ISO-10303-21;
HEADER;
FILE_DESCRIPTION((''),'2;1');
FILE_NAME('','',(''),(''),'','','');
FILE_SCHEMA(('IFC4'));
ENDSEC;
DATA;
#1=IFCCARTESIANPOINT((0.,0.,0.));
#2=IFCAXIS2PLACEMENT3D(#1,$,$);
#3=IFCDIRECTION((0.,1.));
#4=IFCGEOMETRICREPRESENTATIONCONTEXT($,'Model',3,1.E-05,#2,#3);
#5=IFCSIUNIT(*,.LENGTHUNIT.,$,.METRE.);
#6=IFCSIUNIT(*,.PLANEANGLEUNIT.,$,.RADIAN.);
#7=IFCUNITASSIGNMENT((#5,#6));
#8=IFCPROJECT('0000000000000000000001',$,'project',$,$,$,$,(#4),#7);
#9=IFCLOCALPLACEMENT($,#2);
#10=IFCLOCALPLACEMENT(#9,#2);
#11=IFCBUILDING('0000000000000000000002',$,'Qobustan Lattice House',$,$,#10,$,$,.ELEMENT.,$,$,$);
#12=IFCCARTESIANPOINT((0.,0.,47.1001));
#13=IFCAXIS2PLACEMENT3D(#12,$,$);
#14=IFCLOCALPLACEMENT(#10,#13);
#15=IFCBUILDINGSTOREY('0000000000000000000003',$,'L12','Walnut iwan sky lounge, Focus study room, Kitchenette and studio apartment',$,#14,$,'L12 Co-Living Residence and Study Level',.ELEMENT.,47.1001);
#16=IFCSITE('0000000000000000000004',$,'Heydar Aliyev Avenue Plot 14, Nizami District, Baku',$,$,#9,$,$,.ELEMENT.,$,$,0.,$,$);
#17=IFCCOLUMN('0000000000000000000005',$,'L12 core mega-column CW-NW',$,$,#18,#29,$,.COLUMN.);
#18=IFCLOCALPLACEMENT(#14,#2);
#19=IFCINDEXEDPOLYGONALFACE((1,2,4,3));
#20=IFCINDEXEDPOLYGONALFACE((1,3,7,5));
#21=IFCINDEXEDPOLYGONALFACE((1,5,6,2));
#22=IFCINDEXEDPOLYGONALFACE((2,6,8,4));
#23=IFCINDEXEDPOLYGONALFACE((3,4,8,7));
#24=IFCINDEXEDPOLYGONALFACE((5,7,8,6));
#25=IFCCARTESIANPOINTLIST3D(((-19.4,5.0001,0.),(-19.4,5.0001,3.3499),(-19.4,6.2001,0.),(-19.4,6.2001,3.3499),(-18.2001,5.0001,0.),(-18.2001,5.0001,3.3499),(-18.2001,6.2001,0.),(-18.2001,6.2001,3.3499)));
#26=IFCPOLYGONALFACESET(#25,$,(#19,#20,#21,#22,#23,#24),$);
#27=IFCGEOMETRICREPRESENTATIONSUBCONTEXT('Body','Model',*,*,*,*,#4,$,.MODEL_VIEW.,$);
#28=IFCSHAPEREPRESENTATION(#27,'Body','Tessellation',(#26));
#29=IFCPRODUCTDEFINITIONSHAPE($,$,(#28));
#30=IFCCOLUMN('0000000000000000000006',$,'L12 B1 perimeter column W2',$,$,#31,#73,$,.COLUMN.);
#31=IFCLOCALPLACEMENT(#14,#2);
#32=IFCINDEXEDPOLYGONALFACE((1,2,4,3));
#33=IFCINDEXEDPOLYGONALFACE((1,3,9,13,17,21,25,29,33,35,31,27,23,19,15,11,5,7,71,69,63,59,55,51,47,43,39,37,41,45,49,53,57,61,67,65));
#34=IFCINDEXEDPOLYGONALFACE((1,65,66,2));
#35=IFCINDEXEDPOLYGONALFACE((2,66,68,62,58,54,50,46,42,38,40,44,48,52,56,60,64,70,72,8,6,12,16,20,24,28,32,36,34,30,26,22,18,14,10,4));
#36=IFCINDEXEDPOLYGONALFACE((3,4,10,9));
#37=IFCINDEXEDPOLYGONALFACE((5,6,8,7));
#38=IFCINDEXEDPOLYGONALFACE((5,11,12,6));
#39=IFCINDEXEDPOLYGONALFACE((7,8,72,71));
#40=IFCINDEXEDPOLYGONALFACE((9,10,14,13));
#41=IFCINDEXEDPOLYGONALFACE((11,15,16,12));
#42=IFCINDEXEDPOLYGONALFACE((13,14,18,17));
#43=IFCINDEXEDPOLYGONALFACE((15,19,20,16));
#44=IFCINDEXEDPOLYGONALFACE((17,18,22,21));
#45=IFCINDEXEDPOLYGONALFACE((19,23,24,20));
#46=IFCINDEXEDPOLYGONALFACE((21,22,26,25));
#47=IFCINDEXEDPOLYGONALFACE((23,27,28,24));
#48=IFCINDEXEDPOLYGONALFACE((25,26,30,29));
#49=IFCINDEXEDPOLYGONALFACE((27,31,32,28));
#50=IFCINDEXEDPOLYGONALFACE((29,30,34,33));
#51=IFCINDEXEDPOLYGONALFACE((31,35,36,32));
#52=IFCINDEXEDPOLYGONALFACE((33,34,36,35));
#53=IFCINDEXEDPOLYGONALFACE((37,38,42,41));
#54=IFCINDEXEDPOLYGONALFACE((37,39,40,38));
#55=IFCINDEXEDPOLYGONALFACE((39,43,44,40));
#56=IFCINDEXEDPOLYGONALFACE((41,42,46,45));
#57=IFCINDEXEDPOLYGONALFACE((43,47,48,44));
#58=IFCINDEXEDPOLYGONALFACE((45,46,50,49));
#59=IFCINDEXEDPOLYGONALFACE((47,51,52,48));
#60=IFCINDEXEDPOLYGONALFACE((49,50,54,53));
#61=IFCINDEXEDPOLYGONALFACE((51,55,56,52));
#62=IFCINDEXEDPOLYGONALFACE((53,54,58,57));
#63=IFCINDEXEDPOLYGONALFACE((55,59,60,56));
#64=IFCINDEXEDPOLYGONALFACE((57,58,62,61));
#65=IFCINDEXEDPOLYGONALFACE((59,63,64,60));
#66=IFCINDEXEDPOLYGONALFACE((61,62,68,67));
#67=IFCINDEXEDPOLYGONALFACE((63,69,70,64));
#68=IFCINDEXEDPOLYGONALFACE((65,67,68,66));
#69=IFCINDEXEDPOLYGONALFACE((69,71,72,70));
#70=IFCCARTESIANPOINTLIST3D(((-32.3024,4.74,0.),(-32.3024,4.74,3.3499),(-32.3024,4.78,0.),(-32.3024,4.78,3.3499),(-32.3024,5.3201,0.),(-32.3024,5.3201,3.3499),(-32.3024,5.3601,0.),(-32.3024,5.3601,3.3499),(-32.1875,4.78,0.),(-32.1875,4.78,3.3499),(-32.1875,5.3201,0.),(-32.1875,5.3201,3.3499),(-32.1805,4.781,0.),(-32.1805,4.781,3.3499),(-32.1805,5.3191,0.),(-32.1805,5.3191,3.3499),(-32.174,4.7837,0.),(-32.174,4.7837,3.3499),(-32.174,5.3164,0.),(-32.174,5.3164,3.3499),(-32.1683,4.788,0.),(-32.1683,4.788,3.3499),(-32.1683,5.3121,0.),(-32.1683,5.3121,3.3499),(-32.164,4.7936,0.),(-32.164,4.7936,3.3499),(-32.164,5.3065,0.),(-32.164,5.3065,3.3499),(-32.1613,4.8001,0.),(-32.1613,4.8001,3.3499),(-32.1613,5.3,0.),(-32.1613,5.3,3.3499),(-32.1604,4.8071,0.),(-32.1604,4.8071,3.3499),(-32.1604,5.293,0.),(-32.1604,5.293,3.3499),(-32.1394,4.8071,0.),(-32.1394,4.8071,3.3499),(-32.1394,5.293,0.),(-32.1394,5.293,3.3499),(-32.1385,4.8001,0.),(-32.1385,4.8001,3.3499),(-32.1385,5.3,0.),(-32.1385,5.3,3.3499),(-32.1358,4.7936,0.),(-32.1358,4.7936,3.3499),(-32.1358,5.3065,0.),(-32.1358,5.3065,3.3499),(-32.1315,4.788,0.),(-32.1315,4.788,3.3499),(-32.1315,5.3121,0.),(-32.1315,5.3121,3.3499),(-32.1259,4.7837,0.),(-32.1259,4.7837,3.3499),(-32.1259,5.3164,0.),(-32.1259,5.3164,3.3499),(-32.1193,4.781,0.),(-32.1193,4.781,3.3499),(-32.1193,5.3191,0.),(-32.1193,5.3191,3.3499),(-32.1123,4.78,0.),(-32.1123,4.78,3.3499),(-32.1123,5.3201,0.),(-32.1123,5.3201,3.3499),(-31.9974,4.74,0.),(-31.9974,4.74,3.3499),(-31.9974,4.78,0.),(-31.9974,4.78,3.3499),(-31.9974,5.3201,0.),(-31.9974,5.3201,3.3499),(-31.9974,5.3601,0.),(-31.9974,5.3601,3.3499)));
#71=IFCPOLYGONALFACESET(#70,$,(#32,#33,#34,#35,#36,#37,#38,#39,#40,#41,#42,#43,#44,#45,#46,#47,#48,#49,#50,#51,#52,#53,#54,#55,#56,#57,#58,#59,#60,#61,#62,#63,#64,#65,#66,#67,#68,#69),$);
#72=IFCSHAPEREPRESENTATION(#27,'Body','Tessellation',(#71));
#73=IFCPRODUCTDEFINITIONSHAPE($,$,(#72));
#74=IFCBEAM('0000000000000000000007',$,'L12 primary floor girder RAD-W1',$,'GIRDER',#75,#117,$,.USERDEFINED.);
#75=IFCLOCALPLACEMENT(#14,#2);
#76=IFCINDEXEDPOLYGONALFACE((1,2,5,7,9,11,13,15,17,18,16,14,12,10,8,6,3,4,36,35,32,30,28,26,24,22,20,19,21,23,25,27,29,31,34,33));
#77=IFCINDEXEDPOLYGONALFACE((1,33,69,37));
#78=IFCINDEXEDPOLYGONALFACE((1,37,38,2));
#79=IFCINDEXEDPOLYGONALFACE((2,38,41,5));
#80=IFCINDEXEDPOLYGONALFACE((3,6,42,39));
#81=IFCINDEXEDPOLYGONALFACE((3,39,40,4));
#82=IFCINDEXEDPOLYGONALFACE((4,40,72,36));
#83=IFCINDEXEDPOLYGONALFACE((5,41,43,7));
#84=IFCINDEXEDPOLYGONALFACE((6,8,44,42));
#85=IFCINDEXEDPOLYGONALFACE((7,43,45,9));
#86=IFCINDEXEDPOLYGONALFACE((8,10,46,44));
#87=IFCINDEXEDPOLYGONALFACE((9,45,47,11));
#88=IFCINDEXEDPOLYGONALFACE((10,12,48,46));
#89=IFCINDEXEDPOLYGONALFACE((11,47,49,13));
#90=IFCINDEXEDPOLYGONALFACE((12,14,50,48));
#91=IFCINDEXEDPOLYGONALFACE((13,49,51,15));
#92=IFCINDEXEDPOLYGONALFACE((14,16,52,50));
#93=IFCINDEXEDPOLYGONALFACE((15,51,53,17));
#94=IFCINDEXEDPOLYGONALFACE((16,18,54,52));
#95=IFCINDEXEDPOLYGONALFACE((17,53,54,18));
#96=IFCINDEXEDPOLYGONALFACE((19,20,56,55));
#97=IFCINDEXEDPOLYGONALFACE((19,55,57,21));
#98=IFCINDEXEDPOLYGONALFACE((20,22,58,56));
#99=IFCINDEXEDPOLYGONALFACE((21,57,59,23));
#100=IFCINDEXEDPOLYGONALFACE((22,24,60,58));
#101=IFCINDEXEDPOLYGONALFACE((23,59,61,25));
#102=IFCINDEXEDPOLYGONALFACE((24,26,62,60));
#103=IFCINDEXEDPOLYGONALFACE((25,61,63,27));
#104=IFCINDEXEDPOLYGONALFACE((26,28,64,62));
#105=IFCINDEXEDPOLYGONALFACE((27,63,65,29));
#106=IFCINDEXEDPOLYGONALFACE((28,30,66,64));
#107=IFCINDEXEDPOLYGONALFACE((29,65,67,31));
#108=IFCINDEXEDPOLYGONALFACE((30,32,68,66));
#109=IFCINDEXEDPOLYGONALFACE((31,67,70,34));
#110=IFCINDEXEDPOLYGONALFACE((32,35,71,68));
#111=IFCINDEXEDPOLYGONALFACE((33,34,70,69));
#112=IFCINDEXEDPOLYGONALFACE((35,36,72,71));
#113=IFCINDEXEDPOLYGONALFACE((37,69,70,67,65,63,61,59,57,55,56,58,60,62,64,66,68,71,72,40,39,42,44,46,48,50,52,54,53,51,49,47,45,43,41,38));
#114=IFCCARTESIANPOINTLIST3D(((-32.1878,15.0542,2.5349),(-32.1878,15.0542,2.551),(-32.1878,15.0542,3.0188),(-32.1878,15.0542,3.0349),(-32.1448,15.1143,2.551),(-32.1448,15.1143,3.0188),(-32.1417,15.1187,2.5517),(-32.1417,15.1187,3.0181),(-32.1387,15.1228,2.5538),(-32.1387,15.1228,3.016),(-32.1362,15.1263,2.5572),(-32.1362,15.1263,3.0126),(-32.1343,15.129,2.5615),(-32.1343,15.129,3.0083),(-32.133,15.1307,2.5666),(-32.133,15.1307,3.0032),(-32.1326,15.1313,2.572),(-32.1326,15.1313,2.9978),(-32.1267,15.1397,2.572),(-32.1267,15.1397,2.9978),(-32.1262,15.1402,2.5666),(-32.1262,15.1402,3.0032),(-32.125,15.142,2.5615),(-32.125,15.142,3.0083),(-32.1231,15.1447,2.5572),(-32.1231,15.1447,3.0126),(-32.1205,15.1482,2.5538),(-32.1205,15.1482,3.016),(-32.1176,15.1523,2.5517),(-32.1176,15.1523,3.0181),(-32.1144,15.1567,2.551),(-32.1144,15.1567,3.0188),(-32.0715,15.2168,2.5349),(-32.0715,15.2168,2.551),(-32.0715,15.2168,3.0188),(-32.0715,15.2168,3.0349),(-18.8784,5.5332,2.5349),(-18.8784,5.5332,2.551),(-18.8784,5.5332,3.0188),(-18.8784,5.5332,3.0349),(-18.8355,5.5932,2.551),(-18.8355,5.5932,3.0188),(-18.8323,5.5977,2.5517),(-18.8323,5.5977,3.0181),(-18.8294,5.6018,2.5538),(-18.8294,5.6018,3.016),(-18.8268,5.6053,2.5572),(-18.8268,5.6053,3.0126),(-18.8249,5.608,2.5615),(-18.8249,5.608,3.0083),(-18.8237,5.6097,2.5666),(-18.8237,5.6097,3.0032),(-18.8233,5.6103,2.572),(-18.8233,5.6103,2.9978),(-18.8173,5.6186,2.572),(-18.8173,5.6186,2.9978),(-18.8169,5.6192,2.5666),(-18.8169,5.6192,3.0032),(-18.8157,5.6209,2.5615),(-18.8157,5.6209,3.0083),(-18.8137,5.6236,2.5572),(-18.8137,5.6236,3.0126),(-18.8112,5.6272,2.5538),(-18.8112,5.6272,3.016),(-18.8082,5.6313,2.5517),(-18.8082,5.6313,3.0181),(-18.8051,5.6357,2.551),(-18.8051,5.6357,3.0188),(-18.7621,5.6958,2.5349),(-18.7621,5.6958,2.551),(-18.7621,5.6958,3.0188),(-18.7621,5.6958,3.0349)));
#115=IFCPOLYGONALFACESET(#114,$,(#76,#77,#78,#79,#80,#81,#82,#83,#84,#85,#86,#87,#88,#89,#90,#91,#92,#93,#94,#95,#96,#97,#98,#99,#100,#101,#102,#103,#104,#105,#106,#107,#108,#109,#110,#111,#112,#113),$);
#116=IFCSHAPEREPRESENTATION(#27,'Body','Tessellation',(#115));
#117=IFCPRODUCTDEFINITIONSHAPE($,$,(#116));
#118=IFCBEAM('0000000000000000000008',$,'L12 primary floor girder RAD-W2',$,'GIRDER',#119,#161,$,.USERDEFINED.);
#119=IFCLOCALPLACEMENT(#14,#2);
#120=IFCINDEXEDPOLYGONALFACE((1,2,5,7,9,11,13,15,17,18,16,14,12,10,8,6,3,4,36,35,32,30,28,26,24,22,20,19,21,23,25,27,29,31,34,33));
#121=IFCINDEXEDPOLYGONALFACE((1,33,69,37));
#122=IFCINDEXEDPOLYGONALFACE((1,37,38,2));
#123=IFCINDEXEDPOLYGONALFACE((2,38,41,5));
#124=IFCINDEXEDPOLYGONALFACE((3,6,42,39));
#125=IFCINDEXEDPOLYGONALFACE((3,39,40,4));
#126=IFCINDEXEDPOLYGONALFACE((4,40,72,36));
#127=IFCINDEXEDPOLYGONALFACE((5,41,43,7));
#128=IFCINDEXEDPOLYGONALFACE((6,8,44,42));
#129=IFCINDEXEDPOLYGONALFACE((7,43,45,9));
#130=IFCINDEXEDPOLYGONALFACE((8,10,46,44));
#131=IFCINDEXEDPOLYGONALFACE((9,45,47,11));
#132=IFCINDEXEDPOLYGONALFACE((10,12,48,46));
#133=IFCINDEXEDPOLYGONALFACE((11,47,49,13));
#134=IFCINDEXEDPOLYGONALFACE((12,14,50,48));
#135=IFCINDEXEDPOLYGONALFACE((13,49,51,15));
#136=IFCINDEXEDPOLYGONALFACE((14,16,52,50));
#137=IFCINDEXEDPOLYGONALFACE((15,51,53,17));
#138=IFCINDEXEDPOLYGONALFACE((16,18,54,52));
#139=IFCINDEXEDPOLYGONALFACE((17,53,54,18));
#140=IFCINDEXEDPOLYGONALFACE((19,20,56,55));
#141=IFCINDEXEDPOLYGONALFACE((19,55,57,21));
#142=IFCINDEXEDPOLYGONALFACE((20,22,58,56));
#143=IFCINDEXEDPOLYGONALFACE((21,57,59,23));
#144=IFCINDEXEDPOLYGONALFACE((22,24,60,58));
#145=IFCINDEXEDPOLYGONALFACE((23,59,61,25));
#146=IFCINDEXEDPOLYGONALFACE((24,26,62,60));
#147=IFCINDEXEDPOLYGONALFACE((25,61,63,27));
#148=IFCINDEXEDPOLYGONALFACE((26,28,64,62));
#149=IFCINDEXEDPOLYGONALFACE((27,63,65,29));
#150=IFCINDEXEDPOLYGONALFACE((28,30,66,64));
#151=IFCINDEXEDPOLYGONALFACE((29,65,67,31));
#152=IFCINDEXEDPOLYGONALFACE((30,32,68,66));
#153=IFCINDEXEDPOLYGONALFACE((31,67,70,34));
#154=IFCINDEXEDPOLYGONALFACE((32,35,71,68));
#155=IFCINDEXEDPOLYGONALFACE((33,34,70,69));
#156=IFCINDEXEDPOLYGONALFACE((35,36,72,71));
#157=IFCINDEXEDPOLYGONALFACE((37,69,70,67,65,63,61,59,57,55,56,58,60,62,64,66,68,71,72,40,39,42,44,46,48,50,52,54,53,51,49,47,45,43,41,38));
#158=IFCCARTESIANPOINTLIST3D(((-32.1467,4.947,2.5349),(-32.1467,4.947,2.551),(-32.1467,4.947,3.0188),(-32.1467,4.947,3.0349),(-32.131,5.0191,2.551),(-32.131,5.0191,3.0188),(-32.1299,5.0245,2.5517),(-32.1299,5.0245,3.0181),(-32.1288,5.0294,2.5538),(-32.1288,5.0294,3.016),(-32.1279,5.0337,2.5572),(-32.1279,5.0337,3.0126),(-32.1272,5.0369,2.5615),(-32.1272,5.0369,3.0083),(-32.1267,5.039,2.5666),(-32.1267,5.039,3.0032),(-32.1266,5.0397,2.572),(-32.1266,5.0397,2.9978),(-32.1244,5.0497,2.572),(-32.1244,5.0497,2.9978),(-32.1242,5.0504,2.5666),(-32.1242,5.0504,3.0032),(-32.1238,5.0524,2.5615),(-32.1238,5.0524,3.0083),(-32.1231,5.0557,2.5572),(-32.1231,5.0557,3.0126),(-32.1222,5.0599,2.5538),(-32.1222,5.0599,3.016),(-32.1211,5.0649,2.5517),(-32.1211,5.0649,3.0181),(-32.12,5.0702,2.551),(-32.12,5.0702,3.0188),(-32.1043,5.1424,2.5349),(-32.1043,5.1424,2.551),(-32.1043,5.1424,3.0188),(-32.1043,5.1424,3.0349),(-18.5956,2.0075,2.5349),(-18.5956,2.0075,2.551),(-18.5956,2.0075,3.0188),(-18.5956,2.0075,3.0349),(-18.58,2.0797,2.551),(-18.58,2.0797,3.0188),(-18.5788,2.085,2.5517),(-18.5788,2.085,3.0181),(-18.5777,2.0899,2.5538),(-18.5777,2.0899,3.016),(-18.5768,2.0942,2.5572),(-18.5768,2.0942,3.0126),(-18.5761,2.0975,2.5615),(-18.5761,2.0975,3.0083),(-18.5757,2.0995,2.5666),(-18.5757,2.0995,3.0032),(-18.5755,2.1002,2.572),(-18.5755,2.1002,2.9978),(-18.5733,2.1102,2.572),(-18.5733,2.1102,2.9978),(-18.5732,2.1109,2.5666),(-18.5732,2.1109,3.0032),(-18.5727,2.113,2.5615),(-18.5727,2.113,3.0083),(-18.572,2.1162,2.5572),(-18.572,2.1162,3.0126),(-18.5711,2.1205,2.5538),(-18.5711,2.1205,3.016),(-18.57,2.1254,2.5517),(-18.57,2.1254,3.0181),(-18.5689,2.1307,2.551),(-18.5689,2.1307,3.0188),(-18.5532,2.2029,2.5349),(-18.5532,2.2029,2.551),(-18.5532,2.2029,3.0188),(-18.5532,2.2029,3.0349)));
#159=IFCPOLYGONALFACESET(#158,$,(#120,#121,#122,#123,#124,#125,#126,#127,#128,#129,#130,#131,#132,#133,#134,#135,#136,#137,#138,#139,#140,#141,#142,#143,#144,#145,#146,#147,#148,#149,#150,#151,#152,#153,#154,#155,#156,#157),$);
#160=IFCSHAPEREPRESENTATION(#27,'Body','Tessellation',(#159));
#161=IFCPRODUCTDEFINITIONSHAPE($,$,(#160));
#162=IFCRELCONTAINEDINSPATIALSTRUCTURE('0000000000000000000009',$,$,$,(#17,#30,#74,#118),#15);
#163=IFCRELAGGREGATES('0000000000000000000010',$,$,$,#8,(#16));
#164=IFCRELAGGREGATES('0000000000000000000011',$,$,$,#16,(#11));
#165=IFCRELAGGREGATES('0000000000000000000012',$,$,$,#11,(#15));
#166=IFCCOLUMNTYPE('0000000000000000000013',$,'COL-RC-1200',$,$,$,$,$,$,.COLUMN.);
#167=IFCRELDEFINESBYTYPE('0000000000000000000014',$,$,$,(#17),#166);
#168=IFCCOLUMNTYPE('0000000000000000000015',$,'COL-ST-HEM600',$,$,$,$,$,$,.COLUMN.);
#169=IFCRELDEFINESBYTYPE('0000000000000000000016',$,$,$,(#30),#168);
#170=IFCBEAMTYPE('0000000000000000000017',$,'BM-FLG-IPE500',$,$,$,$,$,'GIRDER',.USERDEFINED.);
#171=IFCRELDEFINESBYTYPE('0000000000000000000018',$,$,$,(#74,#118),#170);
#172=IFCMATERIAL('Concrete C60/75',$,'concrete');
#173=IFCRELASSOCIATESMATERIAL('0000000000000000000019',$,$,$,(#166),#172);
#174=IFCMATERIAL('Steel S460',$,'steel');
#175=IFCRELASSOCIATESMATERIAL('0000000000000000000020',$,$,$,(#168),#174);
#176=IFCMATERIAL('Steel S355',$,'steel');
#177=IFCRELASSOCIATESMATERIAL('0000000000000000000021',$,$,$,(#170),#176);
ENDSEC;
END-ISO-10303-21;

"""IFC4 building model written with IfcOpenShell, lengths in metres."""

from ifc_helpers import new_model, si_unit, direction, frame, origin, origin_2d, place, context, subcontext, project, spatial, rectangle, i_section, extrude, material, material_profile, profile_set, type_object, element, save


model = new_model("IFC4")

# Units and contexts
model_context = context("Model", 3, precision=1e-05, world=origin(), true_north=direction((0.0, 1.0)))
body_context = subcontext(model_context, "Body", "Model", "MODEL_VIEW")
ifc_project = project(units=[si_unit("LENGTHUNIT", "METRE"), si_unit("PLANEANGLEUNIT", "RADIAN")], contexts=[model_context])

# Site, building, storey
site_placement = place(None, origin())
site = spatial("IfcSite", under=ifc_project, at=site_placement, Name="Heydar Aliyev Avenue Plot 14, Nizami District, Baku", CompositionType="ELEMENT", RefElevation=0.0)
building_placement = place(site_placement, origin())
building = spatial("IfcBuilding", under=site, at=building_placement, Name="Qobustan Lattice House", CompositionType="ELEMENT")
storey_placement = place(building_placement, frame((0.0, 0.0, 47.1001)))
storey = spatial("IfcBuildingStorey", under=building, at=storey_placement, Name="L12", Description="Walnut iwan sky lounge, Focus study room, Kitchenette and studio apartment", LongName="L12 Co-Living Residence and Study Level", CompositionType="ELEMENT", Elevation=47.1001)

# Columns
ifc_material_1 = material(Name="Concrete C60/75", Category="concrete")
ifc_material_profile_1 = material_profile(ifc_material_1, rectangle(XDim=1.2, YDim=1.2, at=origin_2d()), Name="RC1200x1200")
ifc_profile_set_1 = profile_set([ifc_material_profile_1], Name="Concrete C60/75")
column_type_1 = type_object("IfcColumnType", Name="COL-RC-1200", PredefinedType="COLUMN", material=ifc_profile_set_1)
column_1_placement = place(storey_placement, frame((-18.8, 5.6001, 0.0), z_axis=(0.0, 0.0, 1.0), x_axis=(1.0, 0.0, 0.0)))
element("IfcColumn", 1, at=column_1_placement, inside=storey, type_object=column_type_1, Name="L12 core mega-column CW-NW", PredefinedType="COLUMN", context=body_context, shape_type="SweptSolid", body=[
    extrude(rectangle(XDim=1.2, YDim=1.2, at=origin_2d()), origin(), (0.0, 0.0, 1.0), 3.3499),
])
ifc_material_2 = material(Name="Steel S460", Category="steel")
ifc_material_profile_2 = material_profile(ifc_material_2, i_section(OverallWidth=0.3049, OverallDepth=0.6201, WebThickness=0.021, FlangeThickness=0.04, FilletRadius=0.0271, at=origin_2d()), Name="HEM600")
ifc_profile_set_2 = profile_set([ifc_material_profile_2], Name="Steel S460")
column_type_2 = type_object("IfcColumnType", Name="COL-ST-HEM600", PredefinedType="COLUMN", material=ifc_profile_set_2)
column_2_placement = place(storey_placement, frame((-32.1499, 5.05, 0.0), z_axis=(0.0, 0.0, 1.0), x_axis=(1.0, 0.0, 0.0)))
element("IfcColumn", 2, at=column_2_placement, inside=storey, type_object=column_type_2, Name="L12 B1 perimeter column W2", PredefinedType="COLUMN", context=body_context, shape_type="SweptSolid", body=[
    extrude(i_section(OverallWidth=0.3049, OverallDepth=0.6201, WebThickness=0.021, FlangeThickness=0.04, FilletRadius=0.0271, at=origin_2d()), origin(), (0.0, 0.0, 1.0), 3.3499),
])

# Beams
ifc_material_3 = material(Name="Steel S355", Category="steel")
ifc_material_profile_3 = material_profile(ifc_material_3, i_section(OverallWidth=0.2, OverallDepth=0.5, WebThickness=0.0103, FlangeThickness=0.0161, FilletRadius=0.021, at=origin_2d()), Name="IPE500")
ifc_profile_set_3 = profile_set([ifc_material_profile_3], Name="Steel S355")
beam_type_1 = type_object("IfcBeamType", Name="BM-FLG-IPE500", ElementType="GIRDER", PredefinedType="USERDEFINED", material=ifc_profile_set_3)
beam_1_placement = place(storey_placement, frame((-32.1296, 15.1355, 2.7849), z_axis=(0.813319, -0.581818, 0.0), x_axis=(0.581818, 0.813319, 0.0)))
element("IfcBeam", 3, at=beam_1_placement, inside=storey, type_object=beam_type_1, Name="L12 primary floor girder RAD-W1", ObjectType="GIRDER", PredefinedType="USERDEFINED", context=body_context, shape_type="SweptSolid", body=[
    extrude(i_section(OverallWidth=0.2, OverallDepth=0.5, WebThickness=0.0103, FlangeThickness=0.0161, FilletRadius=0.021, at=origin_2d()), origin(), (0.0, 0.0, 1.0), 16.3643),
])
beam_2_placement = place(storey_placement, frame((-32.1255, 5.0447, 2.7849), z_axis=(0.977272, -0.211987, 0.0), x_axis=(0.211987, 0.977272, 0.0)))
element("IfcBeam", 4, at=beam_2_placement, inside=storey, type_object=beam_type_1, Name="L12 primary floor girder RAD-W2", ObjectType="GIRDER", PredefinedType="USERDEFINED", context=body_context, shape_type="SweptSolid", body=[
    extrude(i_section(OverallWidth=0.2, OverallDepth=0.5, WebThickness=0.0103, FlangeThickness=0.0161, FilletRadius=0.021, at=origin_2d()), origin(), (0.0, 0.0, 1.0), 13.8662),
])

save(model, "model.ifc")
